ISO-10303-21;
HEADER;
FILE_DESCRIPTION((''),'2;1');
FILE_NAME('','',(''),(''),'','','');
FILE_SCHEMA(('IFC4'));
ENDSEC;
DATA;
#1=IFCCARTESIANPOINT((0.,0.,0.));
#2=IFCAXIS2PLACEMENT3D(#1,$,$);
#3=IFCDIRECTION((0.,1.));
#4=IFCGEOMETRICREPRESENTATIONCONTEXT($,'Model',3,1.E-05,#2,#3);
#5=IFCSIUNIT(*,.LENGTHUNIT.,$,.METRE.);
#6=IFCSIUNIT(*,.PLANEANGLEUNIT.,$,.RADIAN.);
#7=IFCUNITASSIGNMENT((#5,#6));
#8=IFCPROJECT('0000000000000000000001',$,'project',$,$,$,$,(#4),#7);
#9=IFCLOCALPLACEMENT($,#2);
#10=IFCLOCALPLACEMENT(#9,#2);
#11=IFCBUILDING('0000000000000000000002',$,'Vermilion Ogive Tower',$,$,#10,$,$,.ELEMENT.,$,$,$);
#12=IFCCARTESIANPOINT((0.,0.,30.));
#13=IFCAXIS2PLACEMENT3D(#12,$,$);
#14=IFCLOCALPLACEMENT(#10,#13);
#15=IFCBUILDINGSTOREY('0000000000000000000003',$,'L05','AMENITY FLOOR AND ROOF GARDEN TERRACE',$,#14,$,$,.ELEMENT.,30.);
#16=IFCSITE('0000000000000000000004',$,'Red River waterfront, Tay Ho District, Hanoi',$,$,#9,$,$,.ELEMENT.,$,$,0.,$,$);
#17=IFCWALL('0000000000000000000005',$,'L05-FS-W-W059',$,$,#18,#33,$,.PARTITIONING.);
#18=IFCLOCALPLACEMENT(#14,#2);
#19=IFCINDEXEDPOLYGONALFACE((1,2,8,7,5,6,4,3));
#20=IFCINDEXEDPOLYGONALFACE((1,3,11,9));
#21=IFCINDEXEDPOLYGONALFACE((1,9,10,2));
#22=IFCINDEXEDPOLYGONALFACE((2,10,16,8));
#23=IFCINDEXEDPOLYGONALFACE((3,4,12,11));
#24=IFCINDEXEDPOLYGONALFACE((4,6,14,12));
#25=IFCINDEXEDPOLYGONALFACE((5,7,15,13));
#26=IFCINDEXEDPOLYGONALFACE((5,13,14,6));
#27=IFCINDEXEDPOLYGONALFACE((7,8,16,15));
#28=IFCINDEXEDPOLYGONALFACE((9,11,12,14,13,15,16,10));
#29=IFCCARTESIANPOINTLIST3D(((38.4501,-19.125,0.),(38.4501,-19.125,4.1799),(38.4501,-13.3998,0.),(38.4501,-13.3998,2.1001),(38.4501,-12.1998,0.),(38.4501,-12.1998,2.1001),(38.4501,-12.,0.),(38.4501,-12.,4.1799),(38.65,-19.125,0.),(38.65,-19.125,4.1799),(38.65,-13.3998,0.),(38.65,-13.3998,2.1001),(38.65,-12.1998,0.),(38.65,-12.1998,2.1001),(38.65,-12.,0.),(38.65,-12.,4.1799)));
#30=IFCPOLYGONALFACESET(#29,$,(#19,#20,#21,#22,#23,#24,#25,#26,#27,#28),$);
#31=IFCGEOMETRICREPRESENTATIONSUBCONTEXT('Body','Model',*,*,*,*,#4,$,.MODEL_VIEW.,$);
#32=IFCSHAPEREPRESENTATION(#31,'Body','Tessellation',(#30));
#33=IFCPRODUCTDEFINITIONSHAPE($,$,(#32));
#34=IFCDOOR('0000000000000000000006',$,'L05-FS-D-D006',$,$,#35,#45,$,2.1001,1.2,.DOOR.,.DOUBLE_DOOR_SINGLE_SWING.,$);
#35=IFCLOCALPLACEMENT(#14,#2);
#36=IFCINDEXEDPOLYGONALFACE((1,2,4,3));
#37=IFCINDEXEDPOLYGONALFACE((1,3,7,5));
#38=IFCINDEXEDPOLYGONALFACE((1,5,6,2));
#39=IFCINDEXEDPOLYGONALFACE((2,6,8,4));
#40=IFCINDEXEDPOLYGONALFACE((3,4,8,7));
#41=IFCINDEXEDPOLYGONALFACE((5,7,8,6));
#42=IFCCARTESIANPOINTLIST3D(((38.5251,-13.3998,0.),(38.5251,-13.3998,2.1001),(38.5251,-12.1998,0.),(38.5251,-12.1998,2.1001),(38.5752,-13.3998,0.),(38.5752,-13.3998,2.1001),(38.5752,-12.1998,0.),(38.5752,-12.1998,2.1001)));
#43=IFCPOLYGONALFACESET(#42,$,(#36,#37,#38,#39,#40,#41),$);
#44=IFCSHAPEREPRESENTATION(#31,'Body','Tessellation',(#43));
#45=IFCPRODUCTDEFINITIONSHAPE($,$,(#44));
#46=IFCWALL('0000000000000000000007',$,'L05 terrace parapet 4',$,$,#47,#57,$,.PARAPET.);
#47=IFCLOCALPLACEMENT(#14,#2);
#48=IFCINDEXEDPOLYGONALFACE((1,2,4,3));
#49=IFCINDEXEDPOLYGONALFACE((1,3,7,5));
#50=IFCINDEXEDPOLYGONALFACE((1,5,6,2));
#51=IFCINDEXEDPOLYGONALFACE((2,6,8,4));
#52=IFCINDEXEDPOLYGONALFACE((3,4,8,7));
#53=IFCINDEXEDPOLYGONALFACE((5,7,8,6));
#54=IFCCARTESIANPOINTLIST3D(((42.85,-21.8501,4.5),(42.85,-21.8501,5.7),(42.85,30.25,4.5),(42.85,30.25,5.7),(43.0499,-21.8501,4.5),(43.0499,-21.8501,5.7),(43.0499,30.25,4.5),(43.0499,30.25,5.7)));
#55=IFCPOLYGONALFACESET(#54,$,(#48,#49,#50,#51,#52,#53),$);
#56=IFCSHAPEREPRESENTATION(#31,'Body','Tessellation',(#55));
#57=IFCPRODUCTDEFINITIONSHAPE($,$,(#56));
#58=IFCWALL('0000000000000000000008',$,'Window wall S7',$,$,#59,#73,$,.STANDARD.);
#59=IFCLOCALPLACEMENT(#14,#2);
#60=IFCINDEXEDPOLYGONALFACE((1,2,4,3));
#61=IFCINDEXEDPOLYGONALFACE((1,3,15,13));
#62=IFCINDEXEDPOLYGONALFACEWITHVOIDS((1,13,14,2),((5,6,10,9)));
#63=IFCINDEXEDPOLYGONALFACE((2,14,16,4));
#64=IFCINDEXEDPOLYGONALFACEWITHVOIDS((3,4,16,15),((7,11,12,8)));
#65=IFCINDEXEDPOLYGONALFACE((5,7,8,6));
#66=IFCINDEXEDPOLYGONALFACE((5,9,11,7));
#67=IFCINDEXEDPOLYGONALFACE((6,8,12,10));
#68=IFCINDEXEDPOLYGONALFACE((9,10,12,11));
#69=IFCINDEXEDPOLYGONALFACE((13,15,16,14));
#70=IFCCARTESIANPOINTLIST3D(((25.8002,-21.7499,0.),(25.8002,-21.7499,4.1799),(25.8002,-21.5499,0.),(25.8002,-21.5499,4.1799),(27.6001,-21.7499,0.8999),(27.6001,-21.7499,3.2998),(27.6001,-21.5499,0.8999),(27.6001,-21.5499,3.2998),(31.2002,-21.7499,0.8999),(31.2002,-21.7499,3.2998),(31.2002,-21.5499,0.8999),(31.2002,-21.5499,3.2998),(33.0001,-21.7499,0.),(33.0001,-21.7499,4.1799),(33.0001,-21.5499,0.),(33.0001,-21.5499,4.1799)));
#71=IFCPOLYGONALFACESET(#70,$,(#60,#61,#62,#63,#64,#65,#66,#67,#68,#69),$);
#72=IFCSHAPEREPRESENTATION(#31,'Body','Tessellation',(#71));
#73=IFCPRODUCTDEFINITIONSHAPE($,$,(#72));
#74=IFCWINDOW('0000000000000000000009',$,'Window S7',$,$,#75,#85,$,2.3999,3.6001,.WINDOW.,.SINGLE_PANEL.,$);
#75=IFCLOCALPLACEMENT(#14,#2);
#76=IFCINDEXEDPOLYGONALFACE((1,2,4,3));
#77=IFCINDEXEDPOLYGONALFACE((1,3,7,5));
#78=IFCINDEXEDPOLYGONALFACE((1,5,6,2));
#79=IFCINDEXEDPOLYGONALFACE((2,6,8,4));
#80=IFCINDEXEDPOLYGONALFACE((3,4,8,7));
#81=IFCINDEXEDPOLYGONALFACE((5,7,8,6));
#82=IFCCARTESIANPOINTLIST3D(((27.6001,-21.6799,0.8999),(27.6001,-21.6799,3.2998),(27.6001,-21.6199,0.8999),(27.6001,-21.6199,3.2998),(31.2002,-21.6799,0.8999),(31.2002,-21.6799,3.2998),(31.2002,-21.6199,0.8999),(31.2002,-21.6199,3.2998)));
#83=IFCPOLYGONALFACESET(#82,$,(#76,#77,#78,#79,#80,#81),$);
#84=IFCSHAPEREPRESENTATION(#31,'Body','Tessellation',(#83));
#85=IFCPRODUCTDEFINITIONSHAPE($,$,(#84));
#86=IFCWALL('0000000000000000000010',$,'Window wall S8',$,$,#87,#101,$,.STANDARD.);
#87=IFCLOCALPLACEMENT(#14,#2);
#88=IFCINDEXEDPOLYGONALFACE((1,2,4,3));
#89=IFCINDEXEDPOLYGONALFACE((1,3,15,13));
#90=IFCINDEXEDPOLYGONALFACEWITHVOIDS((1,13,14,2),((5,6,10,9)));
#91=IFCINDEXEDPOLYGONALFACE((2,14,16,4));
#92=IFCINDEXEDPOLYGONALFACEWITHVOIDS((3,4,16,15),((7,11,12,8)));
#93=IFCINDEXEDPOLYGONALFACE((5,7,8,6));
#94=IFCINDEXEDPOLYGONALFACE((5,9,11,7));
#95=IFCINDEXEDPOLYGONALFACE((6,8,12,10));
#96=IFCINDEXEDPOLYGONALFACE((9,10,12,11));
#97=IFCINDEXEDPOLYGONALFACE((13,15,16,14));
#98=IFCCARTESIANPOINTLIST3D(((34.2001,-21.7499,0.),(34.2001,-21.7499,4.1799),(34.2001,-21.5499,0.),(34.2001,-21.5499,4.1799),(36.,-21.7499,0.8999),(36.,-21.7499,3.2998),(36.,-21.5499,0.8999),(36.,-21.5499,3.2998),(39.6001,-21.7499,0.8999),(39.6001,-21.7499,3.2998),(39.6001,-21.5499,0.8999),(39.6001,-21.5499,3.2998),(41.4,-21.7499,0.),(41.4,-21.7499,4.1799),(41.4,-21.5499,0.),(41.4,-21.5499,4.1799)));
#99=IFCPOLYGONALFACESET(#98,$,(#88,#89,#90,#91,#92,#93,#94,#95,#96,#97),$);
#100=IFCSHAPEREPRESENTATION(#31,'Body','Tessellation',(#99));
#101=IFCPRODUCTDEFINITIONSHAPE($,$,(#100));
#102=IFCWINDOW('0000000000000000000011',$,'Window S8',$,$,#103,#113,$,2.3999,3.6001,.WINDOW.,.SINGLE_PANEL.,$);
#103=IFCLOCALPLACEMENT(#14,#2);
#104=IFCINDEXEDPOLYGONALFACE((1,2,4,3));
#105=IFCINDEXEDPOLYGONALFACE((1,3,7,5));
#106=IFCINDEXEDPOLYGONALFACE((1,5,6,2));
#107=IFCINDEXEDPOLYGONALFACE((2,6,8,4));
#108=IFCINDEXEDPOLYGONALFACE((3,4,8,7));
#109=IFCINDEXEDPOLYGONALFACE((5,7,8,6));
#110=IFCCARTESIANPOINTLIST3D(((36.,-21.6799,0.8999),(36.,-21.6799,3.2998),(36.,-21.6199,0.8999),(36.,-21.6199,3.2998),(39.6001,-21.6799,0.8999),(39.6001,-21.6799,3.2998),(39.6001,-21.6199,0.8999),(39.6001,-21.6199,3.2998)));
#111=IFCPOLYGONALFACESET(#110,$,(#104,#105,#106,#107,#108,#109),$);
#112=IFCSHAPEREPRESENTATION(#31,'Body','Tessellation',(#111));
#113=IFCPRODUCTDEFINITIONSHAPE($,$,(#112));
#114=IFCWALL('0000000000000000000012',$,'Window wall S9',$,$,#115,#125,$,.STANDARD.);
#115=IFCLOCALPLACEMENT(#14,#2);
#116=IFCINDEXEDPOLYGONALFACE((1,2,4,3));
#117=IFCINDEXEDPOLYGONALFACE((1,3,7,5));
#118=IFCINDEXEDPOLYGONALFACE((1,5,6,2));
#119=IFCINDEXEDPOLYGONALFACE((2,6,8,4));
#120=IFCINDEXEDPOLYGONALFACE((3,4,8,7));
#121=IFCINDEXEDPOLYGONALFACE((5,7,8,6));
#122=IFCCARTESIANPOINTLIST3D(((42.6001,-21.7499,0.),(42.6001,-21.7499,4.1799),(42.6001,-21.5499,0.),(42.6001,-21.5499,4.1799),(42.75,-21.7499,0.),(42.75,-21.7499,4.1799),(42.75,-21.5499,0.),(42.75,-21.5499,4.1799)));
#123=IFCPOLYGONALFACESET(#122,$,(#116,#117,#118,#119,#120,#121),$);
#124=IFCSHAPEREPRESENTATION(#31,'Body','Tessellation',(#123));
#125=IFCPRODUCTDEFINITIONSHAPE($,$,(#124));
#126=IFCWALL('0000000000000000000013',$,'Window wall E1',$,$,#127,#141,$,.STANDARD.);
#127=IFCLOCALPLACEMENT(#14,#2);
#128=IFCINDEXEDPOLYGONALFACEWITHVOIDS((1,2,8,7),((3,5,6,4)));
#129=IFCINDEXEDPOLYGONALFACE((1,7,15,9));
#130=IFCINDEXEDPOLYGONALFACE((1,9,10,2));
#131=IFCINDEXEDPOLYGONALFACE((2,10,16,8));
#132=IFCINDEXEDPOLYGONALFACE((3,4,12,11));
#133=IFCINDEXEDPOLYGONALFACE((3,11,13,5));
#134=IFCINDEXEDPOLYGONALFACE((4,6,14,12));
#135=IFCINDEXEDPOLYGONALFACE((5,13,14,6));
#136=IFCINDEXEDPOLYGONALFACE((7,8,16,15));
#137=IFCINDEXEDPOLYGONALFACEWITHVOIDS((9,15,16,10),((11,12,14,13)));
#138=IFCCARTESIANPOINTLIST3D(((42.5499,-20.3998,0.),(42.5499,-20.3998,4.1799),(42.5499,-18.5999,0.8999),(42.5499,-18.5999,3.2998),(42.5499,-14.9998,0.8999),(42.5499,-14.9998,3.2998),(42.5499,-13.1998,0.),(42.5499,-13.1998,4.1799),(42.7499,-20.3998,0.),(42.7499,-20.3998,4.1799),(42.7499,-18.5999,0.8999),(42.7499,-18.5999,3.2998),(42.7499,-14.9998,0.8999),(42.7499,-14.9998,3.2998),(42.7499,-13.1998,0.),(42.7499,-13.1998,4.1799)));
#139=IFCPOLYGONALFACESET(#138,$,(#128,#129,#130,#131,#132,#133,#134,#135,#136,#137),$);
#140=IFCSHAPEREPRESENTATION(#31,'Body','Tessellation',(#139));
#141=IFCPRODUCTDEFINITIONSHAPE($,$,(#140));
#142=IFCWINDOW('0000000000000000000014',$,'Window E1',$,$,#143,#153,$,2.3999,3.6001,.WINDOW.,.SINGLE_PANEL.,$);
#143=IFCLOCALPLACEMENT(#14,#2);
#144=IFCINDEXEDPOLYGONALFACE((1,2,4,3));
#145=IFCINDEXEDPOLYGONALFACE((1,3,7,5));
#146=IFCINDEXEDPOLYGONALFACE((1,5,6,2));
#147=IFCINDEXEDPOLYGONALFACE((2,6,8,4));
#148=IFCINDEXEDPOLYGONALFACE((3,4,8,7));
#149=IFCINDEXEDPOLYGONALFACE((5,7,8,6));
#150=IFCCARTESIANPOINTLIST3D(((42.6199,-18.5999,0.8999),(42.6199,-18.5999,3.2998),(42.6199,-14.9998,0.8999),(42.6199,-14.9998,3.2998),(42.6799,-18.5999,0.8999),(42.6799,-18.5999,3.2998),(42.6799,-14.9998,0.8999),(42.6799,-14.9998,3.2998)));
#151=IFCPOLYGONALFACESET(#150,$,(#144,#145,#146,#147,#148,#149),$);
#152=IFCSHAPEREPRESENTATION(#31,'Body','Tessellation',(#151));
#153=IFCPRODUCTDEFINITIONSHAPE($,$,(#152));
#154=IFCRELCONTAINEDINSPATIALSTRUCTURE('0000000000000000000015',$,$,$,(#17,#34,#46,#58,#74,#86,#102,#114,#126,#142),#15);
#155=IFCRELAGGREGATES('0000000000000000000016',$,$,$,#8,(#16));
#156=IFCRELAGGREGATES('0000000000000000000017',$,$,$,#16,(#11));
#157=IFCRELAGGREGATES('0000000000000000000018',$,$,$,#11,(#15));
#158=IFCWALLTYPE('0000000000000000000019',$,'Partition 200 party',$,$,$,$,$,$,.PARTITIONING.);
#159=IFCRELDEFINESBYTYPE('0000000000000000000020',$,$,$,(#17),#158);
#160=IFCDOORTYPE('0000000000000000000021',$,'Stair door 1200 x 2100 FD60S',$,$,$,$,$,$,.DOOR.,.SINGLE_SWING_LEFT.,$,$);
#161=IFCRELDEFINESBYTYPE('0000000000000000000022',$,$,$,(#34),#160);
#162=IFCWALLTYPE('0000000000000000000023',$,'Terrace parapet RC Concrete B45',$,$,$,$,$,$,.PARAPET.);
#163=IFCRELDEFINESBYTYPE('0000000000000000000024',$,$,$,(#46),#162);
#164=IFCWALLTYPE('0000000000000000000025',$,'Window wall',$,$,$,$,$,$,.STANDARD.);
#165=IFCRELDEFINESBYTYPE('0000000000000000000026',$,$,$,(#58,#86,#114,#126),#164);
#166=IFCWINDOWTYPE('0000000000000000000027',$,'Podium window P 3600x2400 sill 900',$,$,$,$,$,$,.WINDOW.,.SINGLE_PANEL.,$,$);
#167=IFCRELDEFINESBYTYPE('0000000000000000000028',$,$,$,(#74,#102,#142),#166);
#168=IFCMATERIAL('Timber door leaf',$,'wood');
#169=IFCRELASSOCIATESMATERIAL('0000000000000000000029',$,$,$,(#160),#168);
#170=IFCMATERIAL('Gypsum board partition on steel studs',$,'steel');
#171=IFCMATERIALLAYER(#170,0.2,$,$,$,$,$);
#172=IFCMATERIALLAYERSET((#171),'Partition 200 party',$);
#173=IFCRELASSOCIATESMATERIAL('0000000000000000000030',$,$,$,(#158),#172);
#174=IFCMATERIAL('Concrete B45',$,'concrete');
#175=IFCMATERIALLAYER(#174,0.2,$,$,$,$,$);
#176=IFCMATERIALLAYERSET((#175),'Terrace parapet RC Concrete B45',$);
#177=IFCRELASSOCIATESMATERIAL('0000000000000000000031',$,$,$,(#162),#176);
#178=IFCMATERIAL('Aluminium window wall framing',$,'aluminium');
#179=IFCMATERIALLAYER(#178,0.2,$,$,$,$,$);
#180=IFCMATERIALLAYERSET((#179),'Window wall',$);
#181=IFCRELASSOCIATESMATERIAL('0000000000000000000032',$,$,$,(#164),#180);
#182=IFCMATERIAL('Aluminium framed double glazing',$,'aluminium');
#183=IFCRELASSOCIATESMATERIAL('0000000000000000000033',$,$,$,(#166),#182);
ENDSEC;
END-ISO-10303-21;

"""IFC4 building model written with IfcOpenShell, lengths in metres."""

from ifc_helpers import new_model, si_unit, direction, frame, frame_2d, origin, place, context, subcontext, project, spatial, rectangle, extrude, material, layer, layer_set, type_object, element, fill, save


model = new_model("IFC4")

# Units and contexts
model_context = context("Model", 3, precision=1e-05, world=origin(), true_north=direction((0.0, 1.0)))
body_context = subcontext(model_context, "Body", "Model", "MODEL_VIEW")
ifc_project = project(units=[si_unit("LENGTHUNIT", "METRE"), si_unit("PLANEANGLEUNIT", "RADIAN")], contexts=[model_context])

# Site, building, storey
site_placement = place(None, origin())
site = spatial("IfcSite", under=ifc_project, at=site_placement, Name="Red River waterfront, Tay Ho District, Hanoi", CompositionType="ELEMENT", RefElevation=0.0)
building_placement = place(site_placement, origin())
building = spatial("IfcBuilding", under=site, at=building_placement, Name="Vermilion Ogive Tower", CompositionType="ELEMENT")
storey_placement = place(building_placement, frame((0.0, 0.0, 30.0)))
storey = spatial("IfcBuildingStorey", under=building, at=storey_placement, Name="L05", Description="AMENITY FLOOR AND ROOF GARDEN TERRACE", CompositionType="ELEMENT", Elevation=30.0)

# Shared definitions
ifc_material_1 = material(Name="Timber door leaf", Category="wood")
door_type_1 = type_object("IfcDoorType", Name="Stair door 1200 x 2100 FD60S", OperationType="SINGLE_SWING_LEFT", PredefinedType="DOOR", material=ifc_material_1)

# Shared definitions
ifc_material_2 = material(Name="Gypsum board partition on steel studs", Category="steel")
ifc_layer_1 = layer(ifc_material_2, 0.2)
ifc_layer_set_1 = layer_set([ifc_layer_1], Name="Partition 200 party")
wall_type_1 = type_object("IfcWallType", Name="Partition 200 party", PredefinedType="PARTITIONING", material=ifc_layer_set_1)

# Wall, opening, door
wall_1_placement = place(storey_placement, frame((38.55, -19.125, 0.0), z_axis=(0.0, 0.0, 1.0), x_axis=(0.0, 1.0, 0.0)))
wall_1 = element("IfcWall", 1, at=wall_1_placement, inside=storey, type_object=wall_type_1, Name="L05-FS-W-W059", PredefinedType="PARTITIONING", context=body_context, shape_type="SweptSolid", body=[
    extrude(rectangle(XDim=7.125, YDim=0.2, at=frame_2d((3.5625, 0.0))), origin(), (0.0, 0.0, 1.0), 4.1799),
])
opening_1_placement = place(wall_1_placement, frame((5.7251, 0.0, 0.0)))
opening_1 = element("IfcOpeningElement", 2, at=opening_1_placement, cuts=wall_1, PredefinedType="OPENING", context=body_context, shape_type="SweptSolid", body=[
    extrude(rectangle(XDim=1.2, YDim=2.1001, at=frame_2d((0.6001, 1.05))), frame((0.0, 0.1099, 0.0), z_axis=(0.0, -1.0, 0.0), x_axis=(1.0, 0.0, 0.0)), (0.0, 0.0, 1.0), 0.22),
])
door_1_placement = place(opening_1_placement, origin())
door_1 = element("IfcDoor", 3, at=door_1_placement, inside=storey, type_object=door_type_1, Name="L05-FS-D-D006", OperationType="DOUBLE_DOOR_SINGLE_SWING", OverallHeight=2.1001, OverallWidth=1.2, PredefinedType="DOOR", context=body_context, shape_type="SweptSolid", body=[
    extrude(rectangle(XDim=1.2, YDim=2.1001, at=frame_2d((0.6001, 1.05))), frame((0.0, 0.0249, 0.0), z_axis=(0.0, -1.0, 0.0), x_axis=(1.0, 0.0, 0.0)), (0.0, 0.0, 1.0), 0.05),
])
fill(opening_1, door_1)

# Wall
ifc_material_3 = material(Name="Concrete B45", Category="concrete")
ifc_layer_2 = layer(ifc_material_3, 0.2)
ifc_layer_set_2 = layer_set([ifc_layer_2], Name="Terrace parapet RC Concrete B45")
wall_type_2 = type_object("IfcWallType", Name="Terrace parapet RC Concrete B45", PredefinedType="PARAPET", material=ifc_layer_set_2)
wall_2_placement = place(storey_placement, frame((42.95, -21.8501, 4.5), z_axis=(0.0, 0.0, 1.0), x_axis=(0.0, 1.0, 0.0)))
element("IfcWall", 4, at=wall_2_placement, inside=storey, type_object=wall_type_2, Name="L05 terrace parapet 4", PredefinedType="PARAPET", context=body_context, shape_type="SweptSolid", body=[
    extrude(rectangle(XDim=52.1001, YDim=0.2, at=frame_2d((26.05, 0.0))), origin(), (0.0, 0.0, 1.0), 1.2),
])

# Walls, openings, windows
ifc_material_4 = material(Name="Aluminium window wall framing", Category="aluminium")
ifc_layer_3 = layer(ifc_material_4, 0.2)
ifc_layer_set_3 = layer_set([ifc_layer_3], Name="Window wall")
wall_type_3 = type_object("IfcWallType", Name="Window wall", PredefinedType="STANDARD", material=ifc_layer_set_3)
wall_3_placement = place(storey_placement, frame((25.8, -21.6499, 0.0), z_axis=(0.0, 0.0, 1.0), x_axis=(1.0, 0.0, 0.0)))
wall_3 = element("IfcWall", 5, at=wall_3_placement, inside=storey, type_object=wall_type_3, Name="Window wall S7", PredefinedType="STANDARD", context=body_context, shape_type="SweptSolid", body=[
    extrude(rectangle(XDim=7.2, YDim=0.2, at=frame_2d((3.6001, 0.0))), origin(), (0.0, 0.0, 1.0), 4.1799),
])
opening_2_placement = place(wall_3_placement, frame((1.8, 0.0, 0.8999)))
opening_2 = element("IfcOpeningElement", 6, at=opening_2_placement, cuts=wall_3, PredefinedType="OPENING", context=body_context, shape_type="SweptSolid", body=[
    extrude(rectangle(XDim=3.6001, YDim=2.3999, at=frame_2d((1.8, 1.2))), frame((0.0, 0.1099, 0.0), z_axis=(0.0, -1.0, 0.0), x_axis=(1.0, 0.0, 0.0)), (0.0, 0.0, 1.0), 0.22),
])
ifc_material_5 = material(Name="Aluminium framed double glazing", Category="aluminium")
window_type = type_object("IfcWindowType", Name="Podium window P 3600x2400 sill 900", PartitioningType="SINGLE_PANEL", PredefinedType="WINDOW", material=ifc_material_5)
window_1_placement = place(opening_2_placement, origin())
window_1 = element("IfcWindow", 7, at=window_1_placement, inside=storey, type_object=window_type, Name="Window S7", OverallHeight=2.3999, OverallWidth=3.6001, PartitioningType="SINGLE_PANEL", PredefinedType="WINDOW", context=body_context, shape_type="SweptSolid", body=[
    extrude(rectangle(XDim=3.6001, YDim=2.3999, at=frame_2d((1.8, 1.2))), frame((0.0, 0.03, 0.0), z_axis=(0.0, -1.0, 0.0), x_axis=(1.0, 0.0, 0.0)), (0.0, 0.0, 1.0), 0.0601),
])
fill(opening_2, window_1)
wall_4_placement = place(storey_placement, frame((34.2, -21.6499, 0.0), z_axis=(0.0, 0.0, 1.0), x_axis=(1.0, 0.0, 0.0)))
wall_4 = element("IfcWall", 8, at=wall_4_placement, inside=storey, type_object=wall_type_3, Name="Window wall S8", PredefinedType="STANDARD", context=body_context, shape_type="SweptSolid", body=[
    extrude(rectangle(XDim=7.2, YDim=0.2, at=frame_2d((3.6001, 0.0))), origin(), (0.0, 0.0, 1.0), 4.1799),
])
opening_3_placement = place(wall_4_placement, frame((1.8, 0.0, 0.8999)))
opening_3 = element("IfcOpeningElement", 9, at=opening_3_placement, cuts=wall_4, PredefinedType="OPENING", context=body_context, shape_type="SweptSolid", body=[
    extrude(rectangle(XDim=3.6001, YDim=2.3999, at=frame_2d((1.8, 1.2))), frame((0.0, 0.1099, 0.0), z_axis=(0.0, -1.0, 0.0), x_axis=(1.0, 0.0, 0.0)), (0.0, 0.0, 1.0), 0.22),
])
window_2_placement = place(opening_3_placement, origin())
window_2 = element("IfcWindow", 10, at=window_2_placement, inside=storey, type_object=window_type, Name="Window S8", OverallHeight=2.3999, OverallWidth=3.6001, PartitioningType="SINGLE_PANEL", PredefinedType="WINDOW", context=body_context, shape_type="SweptSolid", body=[
    extrude(rectangle(XDim=3.6001, YDim=2.3999, at=frame_2d((1.8, 1.2))), frame((0.0, 0.03, 0.0), z_axis=(0.0, -1.0, 0.0), x_axis=(1.0, 0.0, 0.0)), (0.0, 0.0, 1.0), 0.0601),
])
fill(opening_3, window_2)

# Wall
wall_5_placement = place(storey_placement, frame((42.6001, -21.6499, 0.0), z_axis=(0.0, 0.0, 1.0), x_axis=(1.0, 0.0, 0.0)))
element("IfcWall", 11, at=wall_5_placement, inside=storey, type_object=wall_type_3, Name="Window wall S9", PredefinedType="STANDARD", context=body_context, shape_type="SweptSolid", body=[
    extrude(rectangle(XDim=0.1499, YDim=0.2, at=frame_2d((0.075, 0.0))), origin(), (0.0, 0.0, 1.0), 4.1799),
])

# Wall, opening, window
wall_6_placement = place(storey_placement, frame((42.6499, -20.3999, 0.0), z_axis=(0.0, 0.0, 1.0), x_axis=(0.0, 1.0, 0.0)))
wall_6 = element("IfcWall", 12, at=wall_6_placement, inside=storey, type_object=wall_type_3, Name="Window wall E1", PredefinedType="STANDARD", context=body_context, shape_type="SweptSolid", body=[
    extrude(rectangle(XDim=7.2, YDim=0.2, at=frame_2d((3.6001, 0.0))), origin(), (0.0, 0.0, 1.0), 4.1799),
])
opening_4_placement = place(wall_6_placement, frame((1.8, 0.0, 0.8999)))
opening_4 = element("IfcOpeningElement", 13, at=opening_4_placement, cuts=wall_6, PredefinedType="OPENING", context=body_context, shape_type="SweptSolid", body=[
    extrude(rectangle(XDim=3.6001, YDim=2.3999, at=frame_2d((1.8, 1.2))), frame((0.0, 0.1099, 0.0), z_axis=(0.0, -1.0, 0.0), x_axis=(1.0, 0.0, 0.0)), (0.0, 0.0, 1.0), 0.22),
])
window_3_placement = place(opening_4_placement, origin())
window_3 = element("IfcWindow", 14, at=window_3_placement, inside=storey, type_object=window_type, Name="Window E1", OverallHeight=2.3999, OverallWidth=3.6001, PartitioningType="SINGLE_PANEL", PredefinedType="WINDOW", context=body_context, shape_type="SweptSolid", body=[
    extrude(rectangle(XDim=3.6001, YDim=2.3999, at=frame_2d((1.8, 1.2))), frame((0.0, 0.03, 0.0), z_axis=(0.0, -1.0, 0.0), x_axis=(1.0, 0.0, 0.0)), (0.0, 0.0, 1.0), 0.0601),
])
fill(opening_4, window_3)

save(model, "model.ifc")
